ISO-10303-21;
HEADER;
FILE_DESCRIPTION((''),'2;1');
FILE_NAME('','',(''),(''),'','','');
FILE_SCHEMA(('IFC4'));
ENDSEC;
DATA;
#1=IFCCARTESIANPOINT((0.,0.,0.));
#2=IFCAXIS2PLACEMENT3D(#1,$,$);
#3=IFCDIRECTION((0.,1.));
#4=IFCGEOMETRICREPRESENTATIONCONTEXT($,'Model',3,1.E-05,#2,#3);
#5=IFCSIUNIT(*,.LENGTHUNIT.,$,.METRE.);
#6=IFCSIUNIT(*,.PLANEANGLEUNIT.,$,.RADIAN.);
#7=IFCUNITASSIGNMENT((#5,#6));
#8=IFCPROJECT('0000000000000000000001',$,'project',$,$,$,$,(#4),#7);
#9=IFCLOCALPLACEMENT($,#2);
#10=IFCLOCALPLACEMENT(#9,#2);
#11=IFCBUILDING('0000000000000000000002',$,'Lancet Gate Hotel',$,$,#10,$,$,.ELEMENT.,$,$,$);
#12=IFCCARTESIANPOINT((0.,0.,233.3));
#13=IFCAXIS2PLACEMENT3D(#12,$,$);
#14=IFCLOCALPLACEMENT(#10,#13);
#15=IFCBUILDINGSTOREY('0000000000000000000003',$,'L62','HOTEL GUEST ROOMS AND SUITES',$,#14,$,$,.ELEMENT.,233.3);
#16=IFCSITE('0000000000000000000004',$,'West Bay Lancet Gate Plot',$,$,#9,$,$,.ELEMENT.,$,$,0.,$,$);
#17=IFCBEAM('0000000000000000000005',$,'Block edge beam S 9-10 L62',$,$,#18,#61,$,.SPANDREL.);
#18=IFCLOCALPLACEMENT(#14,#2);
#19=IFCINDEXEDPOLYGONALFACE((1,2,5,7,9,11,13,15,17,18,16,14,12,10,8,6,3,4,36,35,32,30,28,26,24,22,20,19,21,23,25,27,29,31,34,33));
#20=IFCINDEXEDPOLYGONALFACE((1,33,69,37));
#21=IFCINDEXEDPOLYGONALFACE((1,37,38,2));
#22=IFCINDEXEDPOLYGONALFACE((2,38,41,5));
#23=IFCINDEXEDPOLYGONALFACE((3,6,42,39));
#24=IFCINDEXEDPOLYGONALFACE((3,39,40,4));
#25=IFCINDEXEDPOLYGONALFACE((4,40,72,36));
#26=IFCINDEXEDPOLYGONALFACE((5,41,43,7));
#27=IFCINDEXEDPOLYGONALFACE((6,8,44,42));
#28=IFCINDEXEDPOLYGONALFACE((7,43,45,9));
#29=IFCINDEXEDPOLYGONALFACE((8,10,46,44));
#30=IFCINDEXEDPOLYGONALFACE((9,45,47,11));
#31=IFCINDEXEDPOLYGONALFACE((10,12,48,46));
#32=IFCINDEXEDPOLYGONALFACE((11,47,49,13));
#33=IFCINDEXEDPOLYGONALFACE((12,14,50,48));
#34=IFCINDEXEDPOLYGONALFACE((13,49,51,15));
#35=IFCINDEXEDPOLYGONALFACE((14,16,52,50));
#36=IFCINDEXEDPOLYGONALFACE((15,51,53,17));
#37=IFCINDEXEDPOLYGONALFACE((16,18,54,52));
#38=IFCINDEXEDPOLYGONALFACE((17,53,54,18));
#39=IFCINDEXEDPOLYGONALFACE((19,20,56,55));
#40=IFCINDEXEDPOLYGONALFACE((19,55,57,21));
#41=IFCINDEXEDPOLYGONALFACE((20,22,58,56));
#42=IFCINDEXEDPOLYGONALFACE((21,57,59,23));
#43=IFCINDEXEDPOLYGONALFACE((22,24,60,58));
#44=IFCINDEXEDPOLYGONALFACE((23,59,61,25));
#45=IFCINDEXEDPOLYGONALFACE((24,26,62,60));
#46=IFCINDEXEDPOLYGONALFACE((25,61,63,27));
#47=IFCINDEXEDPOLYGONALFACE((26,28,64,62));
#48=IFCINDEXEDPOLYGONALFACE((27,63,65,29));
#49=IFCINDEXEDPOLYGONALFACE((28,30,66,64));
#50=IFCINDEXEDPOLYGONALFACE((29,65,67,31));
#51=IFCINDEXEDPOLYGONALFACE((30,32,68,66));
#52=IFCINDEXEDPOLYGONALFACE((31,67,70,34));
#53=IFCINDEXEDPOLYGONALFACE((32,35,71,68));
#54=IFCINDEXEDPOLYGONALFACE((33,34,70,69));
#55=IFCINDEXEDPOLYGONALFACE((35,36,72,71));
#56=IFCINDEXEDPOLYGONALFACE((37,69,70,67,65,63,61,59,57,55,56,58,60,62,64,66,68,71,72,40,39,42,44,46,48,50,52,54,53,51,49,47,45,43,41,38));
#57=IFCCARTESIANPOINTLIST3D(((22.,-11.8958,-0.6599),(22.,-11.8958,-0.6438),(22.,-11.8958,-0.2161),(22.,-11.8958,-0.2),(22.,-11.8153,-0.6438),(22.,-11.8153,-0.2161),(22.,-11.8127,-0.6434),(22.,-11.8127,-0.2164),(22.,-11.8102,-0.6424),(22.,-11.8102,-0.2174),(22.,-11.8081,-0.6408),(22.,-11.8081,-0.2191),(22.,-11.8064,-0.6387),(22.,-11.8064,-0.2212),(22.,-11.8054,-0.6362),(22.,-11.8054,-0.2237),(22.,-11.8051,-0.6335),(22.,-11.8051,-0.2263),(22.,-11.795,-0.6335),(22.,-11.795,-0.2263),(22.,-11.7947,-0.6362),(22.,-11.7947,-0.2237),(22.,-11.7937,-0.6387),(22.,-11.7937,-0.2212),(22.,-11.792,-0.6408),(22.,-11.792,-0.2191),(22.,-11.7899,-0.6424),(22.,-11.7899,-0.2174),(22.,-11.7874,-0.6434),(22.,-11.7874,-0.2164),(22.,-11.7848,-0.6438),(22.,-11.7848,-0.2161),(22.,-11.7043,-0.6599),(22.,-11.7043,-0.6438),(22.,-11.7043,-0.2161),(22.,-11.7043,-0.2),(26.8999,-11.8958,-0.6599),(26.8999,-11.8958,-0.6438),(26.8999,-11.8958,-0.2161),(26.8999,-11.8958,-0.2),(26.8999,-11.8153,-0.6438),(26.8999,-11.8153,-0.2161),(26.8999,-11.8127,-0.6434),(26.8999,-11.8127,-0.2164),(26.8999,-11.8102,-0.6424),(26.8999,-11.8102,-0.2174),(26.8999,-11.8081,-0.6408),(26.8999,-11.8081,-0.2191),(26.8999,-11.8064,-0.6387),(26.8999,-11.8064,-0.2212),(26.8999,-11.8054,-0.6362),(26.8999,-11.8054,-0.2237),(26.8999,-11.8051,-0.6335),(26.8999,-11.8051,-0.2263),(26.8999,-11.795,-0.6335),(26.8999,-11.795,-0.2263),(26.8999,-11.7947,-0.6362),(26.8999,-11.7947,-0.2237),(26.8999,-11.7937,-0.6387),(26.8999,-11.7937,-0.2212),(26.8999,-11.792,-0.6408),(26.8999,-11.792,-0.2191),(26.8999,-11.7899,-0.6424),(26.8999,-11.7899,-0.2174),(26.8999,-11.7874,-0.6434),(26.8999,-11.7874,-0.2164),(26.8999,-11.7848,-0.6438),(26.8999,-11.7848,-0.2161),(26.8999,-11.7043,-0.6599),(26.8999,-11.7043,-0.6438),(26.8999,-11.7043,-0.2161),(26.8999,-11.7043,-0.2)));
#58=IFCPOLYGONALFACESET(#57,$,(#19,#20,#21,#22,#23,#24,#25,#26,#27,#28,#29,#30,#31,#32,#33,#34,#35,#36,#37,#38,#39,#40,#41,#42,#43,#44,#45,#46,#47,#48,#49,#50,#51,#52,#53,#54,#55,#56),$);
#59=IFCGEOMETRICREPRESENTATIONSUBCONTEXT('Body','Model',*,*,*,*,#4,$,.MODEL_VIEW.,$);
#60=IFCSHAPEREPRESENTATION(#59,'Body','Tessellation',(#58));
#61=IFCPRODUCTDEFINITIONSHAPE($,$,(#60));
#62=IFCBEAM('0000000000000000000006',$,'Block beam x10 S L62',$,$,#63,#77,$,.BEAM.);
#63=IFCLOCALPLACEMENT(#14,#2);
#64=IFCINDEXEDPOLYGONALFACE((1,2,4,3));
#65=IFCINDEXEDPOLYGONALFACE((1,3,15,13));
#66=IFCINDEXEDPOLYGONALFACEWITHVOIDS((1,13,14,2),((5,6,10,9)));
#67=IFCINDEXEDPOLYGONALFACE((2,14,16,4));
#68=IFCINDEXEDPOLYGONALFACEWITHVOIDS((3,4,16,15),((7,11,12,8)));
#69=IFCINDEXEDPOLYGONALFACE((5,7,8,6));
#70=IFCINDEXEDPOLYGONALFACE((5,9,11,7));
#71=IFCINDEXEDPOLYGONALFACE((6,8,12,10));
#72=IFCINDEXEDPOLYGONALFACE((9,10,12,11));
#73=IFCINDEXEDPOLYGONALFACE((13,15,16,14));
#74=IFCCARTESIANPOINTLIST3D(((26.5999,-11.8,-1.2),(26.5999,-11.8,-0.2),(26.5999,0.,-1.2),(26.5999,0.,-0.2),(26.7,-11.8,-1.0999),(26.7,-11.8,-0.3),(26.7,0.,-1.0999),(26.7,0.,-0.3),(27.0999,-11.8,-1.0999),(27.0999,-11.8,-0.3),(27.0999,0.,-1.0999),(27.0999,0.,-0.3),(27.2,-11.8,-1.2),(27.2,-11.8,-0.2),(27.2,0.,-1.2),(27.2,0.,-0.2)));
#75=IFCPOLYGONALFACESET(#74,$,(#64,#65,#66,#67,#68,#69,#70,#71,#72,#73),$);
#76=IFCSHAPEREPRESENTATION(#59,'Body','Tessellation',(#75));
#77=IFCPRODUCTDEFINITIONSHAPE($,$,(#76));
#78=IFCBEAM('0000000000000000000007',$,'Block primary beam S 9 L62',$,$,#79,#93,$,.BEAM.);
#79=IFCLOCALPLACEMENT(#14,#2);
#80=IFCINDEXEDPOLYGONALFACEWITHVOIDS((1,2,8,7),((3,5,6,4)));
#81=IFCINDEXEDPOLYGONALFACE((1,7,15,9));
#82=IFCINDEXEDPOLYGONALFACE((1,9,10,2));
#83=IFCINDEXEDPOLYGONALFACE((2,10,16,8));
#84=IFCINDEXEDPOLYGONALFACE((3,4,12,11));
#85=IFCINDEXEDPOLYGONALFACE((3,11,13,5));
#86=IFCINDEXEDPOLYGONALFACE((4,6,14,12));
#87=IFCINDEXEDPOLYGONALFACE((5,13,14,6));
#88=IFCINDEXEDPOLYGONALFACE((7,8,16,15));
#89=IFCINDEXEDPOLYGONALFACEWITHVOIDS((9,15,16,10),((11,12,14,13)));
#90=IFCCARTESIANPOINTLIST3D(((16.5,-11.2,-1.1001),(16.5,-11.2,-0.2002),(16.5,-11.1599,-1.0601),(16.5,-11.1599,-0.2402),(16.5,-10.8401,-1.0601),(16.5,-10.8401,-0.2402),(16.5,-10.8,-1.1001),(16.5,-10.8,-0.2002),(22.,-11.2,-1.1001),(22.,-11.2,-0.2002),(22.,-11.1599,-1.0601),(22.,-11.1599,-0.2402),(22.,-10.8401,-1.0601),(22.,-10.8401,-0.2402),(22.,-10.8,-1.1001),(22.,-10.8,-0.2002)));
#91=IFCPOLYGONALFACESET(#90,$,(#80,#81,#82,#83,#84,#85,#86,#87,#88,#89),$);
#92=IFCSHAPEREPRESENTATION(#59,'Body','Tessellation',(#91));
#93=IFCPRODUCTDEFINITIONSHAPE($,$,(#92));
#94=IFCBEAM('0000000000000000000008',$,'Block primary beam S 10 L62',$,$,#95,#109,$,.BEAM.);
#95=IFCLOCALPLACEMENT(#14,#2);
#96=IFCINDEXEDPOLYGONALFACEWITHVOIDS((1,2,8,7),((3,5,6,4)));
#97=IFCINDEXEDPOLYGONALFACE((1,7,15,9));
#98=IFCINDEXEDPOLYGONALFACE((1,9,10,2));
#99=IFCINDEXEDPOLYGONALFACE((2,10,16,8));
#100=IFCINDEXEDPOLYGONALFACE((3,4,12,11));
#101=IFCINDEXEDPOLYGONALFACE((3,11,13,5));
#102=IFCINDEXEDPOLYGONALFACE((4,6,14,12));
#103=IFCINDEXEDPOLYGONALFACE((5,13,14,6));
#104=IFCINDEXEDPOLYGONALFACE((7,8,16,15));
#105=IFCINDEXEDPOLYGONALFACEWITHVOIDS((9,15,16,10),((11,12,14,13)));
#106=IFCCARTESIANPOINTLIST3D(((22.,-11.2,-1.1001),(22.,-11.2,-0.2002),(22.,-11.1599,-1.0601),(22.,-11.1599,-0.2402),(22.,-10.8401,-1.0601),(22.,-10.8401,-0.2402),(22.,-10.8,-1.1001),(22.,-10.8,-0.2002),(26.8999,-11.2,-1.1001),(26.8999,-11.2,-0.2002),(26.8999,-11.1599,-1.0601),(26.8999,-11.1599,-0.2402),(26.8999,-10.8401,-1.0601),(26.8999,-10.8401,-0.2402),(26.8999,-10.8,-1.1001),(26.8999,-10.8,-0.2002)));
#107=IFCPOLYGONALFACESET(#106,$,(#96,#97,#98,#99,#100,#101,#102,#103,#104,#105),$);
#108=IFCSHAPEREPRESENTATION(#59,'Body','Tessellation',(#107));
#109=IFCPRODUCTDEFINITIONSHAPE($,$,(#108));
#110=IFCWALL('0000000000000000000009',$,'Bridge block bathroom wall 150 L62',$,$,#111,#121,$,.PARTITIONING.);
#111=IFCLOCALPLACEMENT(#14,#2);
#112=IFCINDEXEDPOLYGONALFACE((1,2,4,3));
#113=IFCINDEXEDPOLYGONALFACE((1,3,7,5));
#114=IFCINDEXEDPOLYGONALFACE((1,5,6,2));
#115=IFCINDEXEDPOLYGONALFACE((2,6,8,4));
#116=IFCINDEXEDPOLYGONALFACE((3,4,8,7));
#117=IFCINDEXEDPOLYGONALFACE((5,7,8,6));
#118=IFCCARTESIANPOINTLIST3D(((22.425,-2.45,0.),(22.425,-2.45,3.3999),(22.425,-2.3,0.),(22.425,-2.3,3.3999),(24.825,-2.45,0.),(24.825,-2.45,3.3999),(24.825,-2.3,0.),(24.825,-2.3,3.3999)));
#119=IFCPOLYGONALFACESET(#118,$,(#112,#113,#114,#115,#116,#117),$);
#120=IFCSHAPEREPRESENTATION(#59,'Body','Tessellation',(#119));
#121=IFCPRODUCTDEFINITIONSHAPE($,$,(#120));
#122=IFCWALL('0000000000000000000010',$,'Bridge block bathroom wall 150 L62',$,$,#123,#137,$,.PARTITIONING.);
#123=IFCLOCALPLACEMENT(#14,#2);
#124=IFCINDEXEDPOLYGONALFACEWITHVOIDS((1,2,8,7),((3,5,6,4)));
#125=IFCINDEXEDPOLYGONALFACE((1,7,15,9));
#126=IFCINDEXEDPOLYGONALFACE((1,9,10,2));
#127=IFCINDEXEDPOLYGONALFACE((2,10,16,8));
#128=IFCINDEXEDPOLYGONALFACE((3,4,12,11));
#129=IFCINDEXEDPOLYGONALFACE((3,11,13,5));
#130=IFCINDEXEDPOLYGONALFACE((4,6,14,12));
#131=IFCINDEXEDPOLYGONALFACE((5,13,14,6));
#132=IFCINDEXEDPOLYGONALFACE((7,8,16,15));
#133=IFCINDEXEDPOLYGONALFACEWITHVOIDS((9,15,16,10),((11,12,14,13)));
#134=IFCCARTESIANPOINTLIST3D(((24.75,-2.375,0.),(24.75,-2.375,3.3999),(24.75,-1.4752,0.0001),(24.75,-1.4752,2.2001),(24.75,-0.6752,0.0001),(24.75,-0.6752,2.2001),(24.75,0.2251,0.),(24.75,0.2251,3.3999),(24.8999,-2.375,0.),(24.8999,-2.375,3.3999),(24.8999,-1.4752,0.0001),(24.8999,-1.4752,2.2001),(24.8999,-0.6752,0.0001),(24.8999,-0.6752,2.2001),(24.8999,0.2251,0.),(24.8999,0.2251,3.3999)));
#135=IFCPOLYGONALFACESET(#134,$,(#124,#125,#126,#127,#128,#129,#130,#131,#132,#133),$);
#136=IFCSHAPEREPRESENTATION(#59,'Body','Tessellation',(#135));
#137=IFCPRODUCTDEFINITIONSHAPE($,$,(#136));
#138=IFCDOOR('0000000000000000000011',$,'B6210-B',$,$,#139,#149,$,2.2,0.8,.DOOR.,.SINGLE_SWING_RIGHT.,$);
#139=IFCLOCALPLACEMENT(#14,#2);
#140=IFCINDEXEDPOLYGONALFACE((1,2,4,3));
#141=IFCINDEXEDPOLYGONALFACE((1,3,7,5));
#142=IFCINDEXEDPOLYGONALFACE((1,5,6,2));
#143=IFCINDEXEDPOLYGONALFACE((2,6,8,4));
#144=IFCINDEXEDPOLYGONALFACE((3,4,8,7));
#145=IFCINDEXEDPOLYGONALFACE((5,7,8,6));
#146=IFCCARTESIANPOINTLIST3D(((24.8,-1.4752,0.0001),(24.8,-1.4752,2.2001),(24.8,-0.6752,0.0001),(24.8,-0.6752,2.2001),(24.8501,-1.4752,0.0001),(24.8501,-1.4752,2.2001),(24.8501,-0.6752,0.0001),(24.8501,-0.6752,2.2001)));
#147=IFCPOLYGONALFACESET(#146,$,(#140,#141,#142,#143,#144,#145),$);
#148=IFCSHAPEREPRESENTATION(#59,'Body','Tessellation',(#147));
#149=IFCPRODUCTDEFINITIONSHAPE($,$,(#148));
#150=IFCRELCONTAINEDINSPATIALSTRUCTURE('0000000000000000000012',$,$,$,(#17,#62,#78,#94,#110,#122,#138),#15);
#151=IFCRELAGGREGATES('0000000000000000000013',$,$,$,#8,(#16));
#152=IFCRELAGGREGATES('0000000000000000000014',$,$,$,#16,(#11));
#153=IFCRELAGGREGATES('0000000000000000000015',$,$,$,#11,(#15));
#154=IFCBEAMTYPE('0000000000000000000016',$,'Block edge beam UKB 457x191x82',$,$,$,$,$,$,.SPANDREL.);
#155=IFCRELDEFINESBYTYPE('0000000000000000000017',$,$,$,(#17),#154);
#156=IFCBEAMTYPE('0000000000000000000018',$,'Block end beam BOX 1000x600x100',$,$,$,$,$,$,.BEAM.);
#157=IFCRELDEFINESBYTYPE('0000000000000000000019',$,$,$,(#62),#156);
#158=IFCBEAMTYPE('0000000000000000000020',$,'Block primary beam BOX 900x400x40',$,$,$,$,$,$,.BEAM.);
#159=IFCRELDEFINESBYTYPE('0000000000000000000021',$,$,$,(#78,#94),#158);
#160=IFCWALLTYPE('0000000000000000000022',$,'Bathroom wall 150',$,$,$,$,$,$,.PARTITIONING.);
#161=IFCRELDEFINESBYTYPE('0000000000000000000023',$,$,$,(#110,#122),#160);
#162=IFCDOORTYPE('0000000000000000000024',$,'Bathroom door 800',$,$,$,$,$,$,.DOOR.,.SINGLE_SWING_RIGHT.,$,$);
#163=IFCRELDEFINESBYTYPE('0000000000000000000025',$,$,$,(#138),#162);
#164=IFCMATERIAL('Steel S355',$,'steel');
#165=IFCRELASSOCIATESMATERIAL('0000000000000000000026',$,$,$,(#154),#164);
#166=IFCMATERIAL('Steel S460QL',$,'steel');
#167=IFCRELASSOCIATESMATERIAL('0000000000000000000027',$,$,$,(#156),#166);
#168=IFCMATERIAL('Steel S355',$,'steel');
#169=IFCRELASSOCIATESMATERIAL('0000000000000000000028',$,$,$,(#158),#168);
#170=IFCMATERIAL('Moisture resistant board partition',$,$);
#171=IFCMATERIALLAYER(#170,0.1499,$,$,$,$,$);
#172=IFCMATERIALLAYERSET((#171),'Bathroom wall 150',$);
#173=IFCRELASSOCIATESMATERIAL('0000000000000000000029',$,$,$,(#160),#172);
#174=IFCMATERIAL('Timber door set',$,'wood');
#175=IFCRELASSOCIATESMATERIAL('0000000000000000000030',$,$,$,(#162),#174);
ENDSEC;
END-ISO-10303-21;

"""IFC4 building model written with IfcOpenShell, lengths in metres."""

from ifc_helpers import new_model, si_unit, direction, frame, frame_2d, origin, origin_2d, place, context, subcontext, project, spatial, rectangle, hollow_rectangle, i_section, extrude, material, layer, layer_set, material_profile, profile_set, type_object, element, fill, save


model = new_model("IFC4")

# Units and contexts
model_context = context("Model", 3, precision=1e-05, world=origin(), true_north=direction((0.0, 1.0)))
body_context = subcontext(model_context, "Body", "Model", "MODEL_VIEW")
ifc_project = project(units=[si_unit("LENGTHUNIT", "METRE"), si_unit("PLANEANGLEUNIT", "RADIAN")], contexts=[model_context])

# Site, building, storey
site_placement = place(None, origin())
site = spatial("IfcSite", under=ifc_project, at=site_placement, Name="West Bay Lancet Gate Plot", CompositionType="ELEMENT", RefElevation=0.0)
building_placement = place(site_placement, origin())
building = spatial("IfcBuilding", under=site, at=building_placement, Name="Lancet Gate Hotel", CompositionType="ELEMENT")
storey_placement = place(building_placement, frame((0.0, 0.0, 233.3)))
storey = spatial("IfcBuildingStorey", under=building, at=storey_placement, Name="L62", Description="HOTEL GUEST ROOMS AND SUITES", CompositionType="ELEMENT", Elevation=233.3)

# Beams
ifc_material_1 = material(Name="Steel S355", Category="steel")
ifc_material_profile_1 = material_profile(ifc_material_1, i_section(OverallWidth=0.1914, OverallDepth=0.46, WebThickness=0.01, FlangeThickness=0.0161, FilletRadius=0.0103, at=origin_2d()), Name="UKB 457x191x82")
ifc_profile_set_1 = profile_set([ifc_material_profile_1], Name="Steel S355")
beam_type_1 = type_object("IfcBeamType", Name="Block edge beam UKB 457x191x82", PredefinedType="SPANDREL", material=ifc_profile_set_1)
beam_1_placement = place(storey_placement, frame((22.0, -11.8, -0.4299), z_axis=(1.0, 0.0, 0.0), x_axis=(0.0, 1.0, 0.0)))
element("IfcBeam", 1, at=beam_1_placement, inside=storey, type_object=beam_type_1, Name="Block edge beam S 9-10 L62", PredefinedType="SPANDREL", context=body_context, shape_type="SweptSolid", body=[
    extrude(i_section(OverallWidth=0.1914, OverallDepth=0.46, WebThickness=0.01, FlangeThickness=0.0161, FilletRadius=0.0103, at=origin_2d()), origin(), (0.0, 0.0, 1.0), 4.8999),
])
ifc_material_2 = material(Name="Steel S460QL", Category="steel")
ifc_material_profile_2 = material_profile(ifc_material_2, hollow_rectangle(XDim=0.6001, YDim=1.0, WallThickness=0.1001, at=origin_2d()), Name="BOX 1000x600x100")
ifc_profile_set_2 = profile_set([ifc_material_profile_2], Name="Steel S460QL")
beam_type_2 = type_object("IfcBeamType", Name="Block end beam BOX 1000x600x100", PredefinedType="BEAM", material=ifc_profile_set_2)
beam_2_placement = place(storey_placement, frame((26.8999, -11.8, -0.7), z_axis=(0.0, 1.0, 0.0), x_axis=(-1.0, 0.0, 0.0)))
element("IfcBeam", 2, at=beam_2_placement, inside=storey, type_object=beam_type_2, Name="Block beam x10 S L62", PredefinedType="BEAM", context=body_context, shape_type="SweptSolid", body=[
    extrude(hollow_rectangle(XDim=0.6001, YDim=1.0, WallThickness=0.1001, at=origin_2d()), origin(), (0.0, 0.0, 1.0), 11.8),
])
ifc_material_3 = material(Name="Steel S355", Category="steel")
ifc_material_profile_3 = material_profile(ifc_material_3, hollow_rectangle(XDim=0.3999, YDim=0.8999, WallThickness=0.04, at=origin_2d()), Name="BOX 900x400x40")
ifc_profile_set_3 = profile_set([ifc_material_profile_3], Name="Steel S355")
beam_type_3 = type_object("IfcBeamType", Name="Block primary beam BOX 900x400x40", PredefinedType="BEAM", material=ifc_profile_set_3)
beam_3_placement = place(storey_placement, frame((16.5, -11.0, -0.6501), z_axis=(1.0, 0.0, 0.0), x_axis=(0.0, 1.0, 0.0)))
element("IfcBeam", 3, at=beam_3_placement, inside=storey, type_object=beam_type_3, Name="Block primary beam S 9 L62", PredefinedType="BEAM", context=body_context, shape_type="SweptSolid", body=[
    extrude(hollow_rectangle(XDim=0.3999, YDim=0.8999, WallThickness=0.04, at=origin_2d()), origin(), (0.0, 0.0, 1.0), 5.5),
])
beam_4_placement = place(storey_placement, frame((22.0, -11.0, -0.6501), z_axis=(1.0, 0.0, 0.0), x_axis=(0.0, 1.0, 0.0)))
element("IfcBeam", 4, at=beam_4_placement, inside=storey, type_object=beam_type_3, Name="Block primary beam S 10 L62", PredefinedType="BEAM", context=body_context, shape_type="SweptSolid", body=[
    extrude(hollow_rectangle(XDim=0.3999, YDim=0.8999, WallThickness=0.04, at=origin_2d()), origin(), (0.0, 0.0, 1.0), 4.8999),
])

# Wall
ifc_material_4 = material(Name="Moisture resistant board partition")
ifc_layer_1 = layer(ifc_material_4, 0.1499)
ifc_layer_set_1 = layer_set([ifc_layer_1], Name="Bathroom wall 150")
wall_type_1 = type_object("IfcWallType", Name="Bathroom wall 150", PredefinedType="PARTITIONING", material=ifc_layer_set_1)
wall_1_placement = place(storey_placement, frame((22.425, -2.375, 0.0), z_axis=(0.0, 0.0, 1.0), x_axis=(1.0, 0.0, 0.0)))
element("IfcWall", 5, at=wall_1_placement, inside=storey, type_object=wall_type_1, Name="Bridge block bathroom wall 150 L62", PredefinedType="PARTITIONING", context=body_context, shape_type="SweptSolid", body=[
    extrude(rectangle(XDim=2.3999, YDim=0.1499, at=frame_2d((1.2, 0.0))), origin(), (0.0, 0.0, 1.0), 3.3999),
])

# Wall, opening, door
wall_2_placement = place(storey_placement, frame((24.825, -2.375, 0.0), z_axis=(0.0, 0.0, 1.0), x_axis=(0.0, 1.0, 0.0)))
wall_2 = element("IfcWall", 6, at=wall_2_placement, inside=storey, type_object=wall_type_1, Name="Bridge block bathroom wall 150 L62", PredefinedType="PARTITIONING", context=body_context, shape_type="SweptSolid", body=[
    extrude(rectangle(XDim=2.6001, YDim=0.1499, at=frame_2d((1.3, 0.0))), origin(), (0.0, 0.0, 1.0), 3.3999),
])
opening_1_placement = place(wall_2_placement, frame((0.8999, 0.0, 0.0)))
opening_1 = element("IfcOpeningElement", 7, at=opening_1_placement, cuts=wall_2, PredefinedType="OPENING", context=body_context, shape_type="SweptSolid", body=[
    extrude(rectangle(XDim=0.8, YDim=2.2, at=frame_2d((0.3999, 1.1001))), frame((0.0, 0.085, 0.0), z_axis=(0.0, -1.0, 0.0), x_axis=(1.0, 0.0, 0.0)), (0.0, 0.0, 1.0), 0.1699),
])
ifc_material_5 = material(Name="Timber door set", Category="wood")
door_type_1 = type_object("IfcDoorType", Name="Bathroom door 800", OperationType="SINGLE_SWING_RIGHT", PredefinedType="DOOR", material=ifc_material_5)
door_1_placement = place(opening_1_placement, origin())
door_1 = element("IfcDoor", 8, at=door_1_placement, inside=storey, type_object=door_type_1, Name="B6210-B", OperationType="SINGLE_SWING_RIGHT", OverallHeight=2.2, OverallWidth=0.8, PredefinedType="DOOR", context=body_context, shape_type="SweptSolid", body=[
    extrude(rectangle(XDim=0.8, YDim=2.2, at=frame_2d((0.3999, 1.1001))), frame((0.0, 0.0249, 0.0), z_axis=(0.0, -1.0, 0.0), x_axis=(1.0, 0.0, 0.0)), (0.0, 0.0, 1.0), 0.05),
])
fill(opening_1, door_1)

save(model, "model.ifc")
